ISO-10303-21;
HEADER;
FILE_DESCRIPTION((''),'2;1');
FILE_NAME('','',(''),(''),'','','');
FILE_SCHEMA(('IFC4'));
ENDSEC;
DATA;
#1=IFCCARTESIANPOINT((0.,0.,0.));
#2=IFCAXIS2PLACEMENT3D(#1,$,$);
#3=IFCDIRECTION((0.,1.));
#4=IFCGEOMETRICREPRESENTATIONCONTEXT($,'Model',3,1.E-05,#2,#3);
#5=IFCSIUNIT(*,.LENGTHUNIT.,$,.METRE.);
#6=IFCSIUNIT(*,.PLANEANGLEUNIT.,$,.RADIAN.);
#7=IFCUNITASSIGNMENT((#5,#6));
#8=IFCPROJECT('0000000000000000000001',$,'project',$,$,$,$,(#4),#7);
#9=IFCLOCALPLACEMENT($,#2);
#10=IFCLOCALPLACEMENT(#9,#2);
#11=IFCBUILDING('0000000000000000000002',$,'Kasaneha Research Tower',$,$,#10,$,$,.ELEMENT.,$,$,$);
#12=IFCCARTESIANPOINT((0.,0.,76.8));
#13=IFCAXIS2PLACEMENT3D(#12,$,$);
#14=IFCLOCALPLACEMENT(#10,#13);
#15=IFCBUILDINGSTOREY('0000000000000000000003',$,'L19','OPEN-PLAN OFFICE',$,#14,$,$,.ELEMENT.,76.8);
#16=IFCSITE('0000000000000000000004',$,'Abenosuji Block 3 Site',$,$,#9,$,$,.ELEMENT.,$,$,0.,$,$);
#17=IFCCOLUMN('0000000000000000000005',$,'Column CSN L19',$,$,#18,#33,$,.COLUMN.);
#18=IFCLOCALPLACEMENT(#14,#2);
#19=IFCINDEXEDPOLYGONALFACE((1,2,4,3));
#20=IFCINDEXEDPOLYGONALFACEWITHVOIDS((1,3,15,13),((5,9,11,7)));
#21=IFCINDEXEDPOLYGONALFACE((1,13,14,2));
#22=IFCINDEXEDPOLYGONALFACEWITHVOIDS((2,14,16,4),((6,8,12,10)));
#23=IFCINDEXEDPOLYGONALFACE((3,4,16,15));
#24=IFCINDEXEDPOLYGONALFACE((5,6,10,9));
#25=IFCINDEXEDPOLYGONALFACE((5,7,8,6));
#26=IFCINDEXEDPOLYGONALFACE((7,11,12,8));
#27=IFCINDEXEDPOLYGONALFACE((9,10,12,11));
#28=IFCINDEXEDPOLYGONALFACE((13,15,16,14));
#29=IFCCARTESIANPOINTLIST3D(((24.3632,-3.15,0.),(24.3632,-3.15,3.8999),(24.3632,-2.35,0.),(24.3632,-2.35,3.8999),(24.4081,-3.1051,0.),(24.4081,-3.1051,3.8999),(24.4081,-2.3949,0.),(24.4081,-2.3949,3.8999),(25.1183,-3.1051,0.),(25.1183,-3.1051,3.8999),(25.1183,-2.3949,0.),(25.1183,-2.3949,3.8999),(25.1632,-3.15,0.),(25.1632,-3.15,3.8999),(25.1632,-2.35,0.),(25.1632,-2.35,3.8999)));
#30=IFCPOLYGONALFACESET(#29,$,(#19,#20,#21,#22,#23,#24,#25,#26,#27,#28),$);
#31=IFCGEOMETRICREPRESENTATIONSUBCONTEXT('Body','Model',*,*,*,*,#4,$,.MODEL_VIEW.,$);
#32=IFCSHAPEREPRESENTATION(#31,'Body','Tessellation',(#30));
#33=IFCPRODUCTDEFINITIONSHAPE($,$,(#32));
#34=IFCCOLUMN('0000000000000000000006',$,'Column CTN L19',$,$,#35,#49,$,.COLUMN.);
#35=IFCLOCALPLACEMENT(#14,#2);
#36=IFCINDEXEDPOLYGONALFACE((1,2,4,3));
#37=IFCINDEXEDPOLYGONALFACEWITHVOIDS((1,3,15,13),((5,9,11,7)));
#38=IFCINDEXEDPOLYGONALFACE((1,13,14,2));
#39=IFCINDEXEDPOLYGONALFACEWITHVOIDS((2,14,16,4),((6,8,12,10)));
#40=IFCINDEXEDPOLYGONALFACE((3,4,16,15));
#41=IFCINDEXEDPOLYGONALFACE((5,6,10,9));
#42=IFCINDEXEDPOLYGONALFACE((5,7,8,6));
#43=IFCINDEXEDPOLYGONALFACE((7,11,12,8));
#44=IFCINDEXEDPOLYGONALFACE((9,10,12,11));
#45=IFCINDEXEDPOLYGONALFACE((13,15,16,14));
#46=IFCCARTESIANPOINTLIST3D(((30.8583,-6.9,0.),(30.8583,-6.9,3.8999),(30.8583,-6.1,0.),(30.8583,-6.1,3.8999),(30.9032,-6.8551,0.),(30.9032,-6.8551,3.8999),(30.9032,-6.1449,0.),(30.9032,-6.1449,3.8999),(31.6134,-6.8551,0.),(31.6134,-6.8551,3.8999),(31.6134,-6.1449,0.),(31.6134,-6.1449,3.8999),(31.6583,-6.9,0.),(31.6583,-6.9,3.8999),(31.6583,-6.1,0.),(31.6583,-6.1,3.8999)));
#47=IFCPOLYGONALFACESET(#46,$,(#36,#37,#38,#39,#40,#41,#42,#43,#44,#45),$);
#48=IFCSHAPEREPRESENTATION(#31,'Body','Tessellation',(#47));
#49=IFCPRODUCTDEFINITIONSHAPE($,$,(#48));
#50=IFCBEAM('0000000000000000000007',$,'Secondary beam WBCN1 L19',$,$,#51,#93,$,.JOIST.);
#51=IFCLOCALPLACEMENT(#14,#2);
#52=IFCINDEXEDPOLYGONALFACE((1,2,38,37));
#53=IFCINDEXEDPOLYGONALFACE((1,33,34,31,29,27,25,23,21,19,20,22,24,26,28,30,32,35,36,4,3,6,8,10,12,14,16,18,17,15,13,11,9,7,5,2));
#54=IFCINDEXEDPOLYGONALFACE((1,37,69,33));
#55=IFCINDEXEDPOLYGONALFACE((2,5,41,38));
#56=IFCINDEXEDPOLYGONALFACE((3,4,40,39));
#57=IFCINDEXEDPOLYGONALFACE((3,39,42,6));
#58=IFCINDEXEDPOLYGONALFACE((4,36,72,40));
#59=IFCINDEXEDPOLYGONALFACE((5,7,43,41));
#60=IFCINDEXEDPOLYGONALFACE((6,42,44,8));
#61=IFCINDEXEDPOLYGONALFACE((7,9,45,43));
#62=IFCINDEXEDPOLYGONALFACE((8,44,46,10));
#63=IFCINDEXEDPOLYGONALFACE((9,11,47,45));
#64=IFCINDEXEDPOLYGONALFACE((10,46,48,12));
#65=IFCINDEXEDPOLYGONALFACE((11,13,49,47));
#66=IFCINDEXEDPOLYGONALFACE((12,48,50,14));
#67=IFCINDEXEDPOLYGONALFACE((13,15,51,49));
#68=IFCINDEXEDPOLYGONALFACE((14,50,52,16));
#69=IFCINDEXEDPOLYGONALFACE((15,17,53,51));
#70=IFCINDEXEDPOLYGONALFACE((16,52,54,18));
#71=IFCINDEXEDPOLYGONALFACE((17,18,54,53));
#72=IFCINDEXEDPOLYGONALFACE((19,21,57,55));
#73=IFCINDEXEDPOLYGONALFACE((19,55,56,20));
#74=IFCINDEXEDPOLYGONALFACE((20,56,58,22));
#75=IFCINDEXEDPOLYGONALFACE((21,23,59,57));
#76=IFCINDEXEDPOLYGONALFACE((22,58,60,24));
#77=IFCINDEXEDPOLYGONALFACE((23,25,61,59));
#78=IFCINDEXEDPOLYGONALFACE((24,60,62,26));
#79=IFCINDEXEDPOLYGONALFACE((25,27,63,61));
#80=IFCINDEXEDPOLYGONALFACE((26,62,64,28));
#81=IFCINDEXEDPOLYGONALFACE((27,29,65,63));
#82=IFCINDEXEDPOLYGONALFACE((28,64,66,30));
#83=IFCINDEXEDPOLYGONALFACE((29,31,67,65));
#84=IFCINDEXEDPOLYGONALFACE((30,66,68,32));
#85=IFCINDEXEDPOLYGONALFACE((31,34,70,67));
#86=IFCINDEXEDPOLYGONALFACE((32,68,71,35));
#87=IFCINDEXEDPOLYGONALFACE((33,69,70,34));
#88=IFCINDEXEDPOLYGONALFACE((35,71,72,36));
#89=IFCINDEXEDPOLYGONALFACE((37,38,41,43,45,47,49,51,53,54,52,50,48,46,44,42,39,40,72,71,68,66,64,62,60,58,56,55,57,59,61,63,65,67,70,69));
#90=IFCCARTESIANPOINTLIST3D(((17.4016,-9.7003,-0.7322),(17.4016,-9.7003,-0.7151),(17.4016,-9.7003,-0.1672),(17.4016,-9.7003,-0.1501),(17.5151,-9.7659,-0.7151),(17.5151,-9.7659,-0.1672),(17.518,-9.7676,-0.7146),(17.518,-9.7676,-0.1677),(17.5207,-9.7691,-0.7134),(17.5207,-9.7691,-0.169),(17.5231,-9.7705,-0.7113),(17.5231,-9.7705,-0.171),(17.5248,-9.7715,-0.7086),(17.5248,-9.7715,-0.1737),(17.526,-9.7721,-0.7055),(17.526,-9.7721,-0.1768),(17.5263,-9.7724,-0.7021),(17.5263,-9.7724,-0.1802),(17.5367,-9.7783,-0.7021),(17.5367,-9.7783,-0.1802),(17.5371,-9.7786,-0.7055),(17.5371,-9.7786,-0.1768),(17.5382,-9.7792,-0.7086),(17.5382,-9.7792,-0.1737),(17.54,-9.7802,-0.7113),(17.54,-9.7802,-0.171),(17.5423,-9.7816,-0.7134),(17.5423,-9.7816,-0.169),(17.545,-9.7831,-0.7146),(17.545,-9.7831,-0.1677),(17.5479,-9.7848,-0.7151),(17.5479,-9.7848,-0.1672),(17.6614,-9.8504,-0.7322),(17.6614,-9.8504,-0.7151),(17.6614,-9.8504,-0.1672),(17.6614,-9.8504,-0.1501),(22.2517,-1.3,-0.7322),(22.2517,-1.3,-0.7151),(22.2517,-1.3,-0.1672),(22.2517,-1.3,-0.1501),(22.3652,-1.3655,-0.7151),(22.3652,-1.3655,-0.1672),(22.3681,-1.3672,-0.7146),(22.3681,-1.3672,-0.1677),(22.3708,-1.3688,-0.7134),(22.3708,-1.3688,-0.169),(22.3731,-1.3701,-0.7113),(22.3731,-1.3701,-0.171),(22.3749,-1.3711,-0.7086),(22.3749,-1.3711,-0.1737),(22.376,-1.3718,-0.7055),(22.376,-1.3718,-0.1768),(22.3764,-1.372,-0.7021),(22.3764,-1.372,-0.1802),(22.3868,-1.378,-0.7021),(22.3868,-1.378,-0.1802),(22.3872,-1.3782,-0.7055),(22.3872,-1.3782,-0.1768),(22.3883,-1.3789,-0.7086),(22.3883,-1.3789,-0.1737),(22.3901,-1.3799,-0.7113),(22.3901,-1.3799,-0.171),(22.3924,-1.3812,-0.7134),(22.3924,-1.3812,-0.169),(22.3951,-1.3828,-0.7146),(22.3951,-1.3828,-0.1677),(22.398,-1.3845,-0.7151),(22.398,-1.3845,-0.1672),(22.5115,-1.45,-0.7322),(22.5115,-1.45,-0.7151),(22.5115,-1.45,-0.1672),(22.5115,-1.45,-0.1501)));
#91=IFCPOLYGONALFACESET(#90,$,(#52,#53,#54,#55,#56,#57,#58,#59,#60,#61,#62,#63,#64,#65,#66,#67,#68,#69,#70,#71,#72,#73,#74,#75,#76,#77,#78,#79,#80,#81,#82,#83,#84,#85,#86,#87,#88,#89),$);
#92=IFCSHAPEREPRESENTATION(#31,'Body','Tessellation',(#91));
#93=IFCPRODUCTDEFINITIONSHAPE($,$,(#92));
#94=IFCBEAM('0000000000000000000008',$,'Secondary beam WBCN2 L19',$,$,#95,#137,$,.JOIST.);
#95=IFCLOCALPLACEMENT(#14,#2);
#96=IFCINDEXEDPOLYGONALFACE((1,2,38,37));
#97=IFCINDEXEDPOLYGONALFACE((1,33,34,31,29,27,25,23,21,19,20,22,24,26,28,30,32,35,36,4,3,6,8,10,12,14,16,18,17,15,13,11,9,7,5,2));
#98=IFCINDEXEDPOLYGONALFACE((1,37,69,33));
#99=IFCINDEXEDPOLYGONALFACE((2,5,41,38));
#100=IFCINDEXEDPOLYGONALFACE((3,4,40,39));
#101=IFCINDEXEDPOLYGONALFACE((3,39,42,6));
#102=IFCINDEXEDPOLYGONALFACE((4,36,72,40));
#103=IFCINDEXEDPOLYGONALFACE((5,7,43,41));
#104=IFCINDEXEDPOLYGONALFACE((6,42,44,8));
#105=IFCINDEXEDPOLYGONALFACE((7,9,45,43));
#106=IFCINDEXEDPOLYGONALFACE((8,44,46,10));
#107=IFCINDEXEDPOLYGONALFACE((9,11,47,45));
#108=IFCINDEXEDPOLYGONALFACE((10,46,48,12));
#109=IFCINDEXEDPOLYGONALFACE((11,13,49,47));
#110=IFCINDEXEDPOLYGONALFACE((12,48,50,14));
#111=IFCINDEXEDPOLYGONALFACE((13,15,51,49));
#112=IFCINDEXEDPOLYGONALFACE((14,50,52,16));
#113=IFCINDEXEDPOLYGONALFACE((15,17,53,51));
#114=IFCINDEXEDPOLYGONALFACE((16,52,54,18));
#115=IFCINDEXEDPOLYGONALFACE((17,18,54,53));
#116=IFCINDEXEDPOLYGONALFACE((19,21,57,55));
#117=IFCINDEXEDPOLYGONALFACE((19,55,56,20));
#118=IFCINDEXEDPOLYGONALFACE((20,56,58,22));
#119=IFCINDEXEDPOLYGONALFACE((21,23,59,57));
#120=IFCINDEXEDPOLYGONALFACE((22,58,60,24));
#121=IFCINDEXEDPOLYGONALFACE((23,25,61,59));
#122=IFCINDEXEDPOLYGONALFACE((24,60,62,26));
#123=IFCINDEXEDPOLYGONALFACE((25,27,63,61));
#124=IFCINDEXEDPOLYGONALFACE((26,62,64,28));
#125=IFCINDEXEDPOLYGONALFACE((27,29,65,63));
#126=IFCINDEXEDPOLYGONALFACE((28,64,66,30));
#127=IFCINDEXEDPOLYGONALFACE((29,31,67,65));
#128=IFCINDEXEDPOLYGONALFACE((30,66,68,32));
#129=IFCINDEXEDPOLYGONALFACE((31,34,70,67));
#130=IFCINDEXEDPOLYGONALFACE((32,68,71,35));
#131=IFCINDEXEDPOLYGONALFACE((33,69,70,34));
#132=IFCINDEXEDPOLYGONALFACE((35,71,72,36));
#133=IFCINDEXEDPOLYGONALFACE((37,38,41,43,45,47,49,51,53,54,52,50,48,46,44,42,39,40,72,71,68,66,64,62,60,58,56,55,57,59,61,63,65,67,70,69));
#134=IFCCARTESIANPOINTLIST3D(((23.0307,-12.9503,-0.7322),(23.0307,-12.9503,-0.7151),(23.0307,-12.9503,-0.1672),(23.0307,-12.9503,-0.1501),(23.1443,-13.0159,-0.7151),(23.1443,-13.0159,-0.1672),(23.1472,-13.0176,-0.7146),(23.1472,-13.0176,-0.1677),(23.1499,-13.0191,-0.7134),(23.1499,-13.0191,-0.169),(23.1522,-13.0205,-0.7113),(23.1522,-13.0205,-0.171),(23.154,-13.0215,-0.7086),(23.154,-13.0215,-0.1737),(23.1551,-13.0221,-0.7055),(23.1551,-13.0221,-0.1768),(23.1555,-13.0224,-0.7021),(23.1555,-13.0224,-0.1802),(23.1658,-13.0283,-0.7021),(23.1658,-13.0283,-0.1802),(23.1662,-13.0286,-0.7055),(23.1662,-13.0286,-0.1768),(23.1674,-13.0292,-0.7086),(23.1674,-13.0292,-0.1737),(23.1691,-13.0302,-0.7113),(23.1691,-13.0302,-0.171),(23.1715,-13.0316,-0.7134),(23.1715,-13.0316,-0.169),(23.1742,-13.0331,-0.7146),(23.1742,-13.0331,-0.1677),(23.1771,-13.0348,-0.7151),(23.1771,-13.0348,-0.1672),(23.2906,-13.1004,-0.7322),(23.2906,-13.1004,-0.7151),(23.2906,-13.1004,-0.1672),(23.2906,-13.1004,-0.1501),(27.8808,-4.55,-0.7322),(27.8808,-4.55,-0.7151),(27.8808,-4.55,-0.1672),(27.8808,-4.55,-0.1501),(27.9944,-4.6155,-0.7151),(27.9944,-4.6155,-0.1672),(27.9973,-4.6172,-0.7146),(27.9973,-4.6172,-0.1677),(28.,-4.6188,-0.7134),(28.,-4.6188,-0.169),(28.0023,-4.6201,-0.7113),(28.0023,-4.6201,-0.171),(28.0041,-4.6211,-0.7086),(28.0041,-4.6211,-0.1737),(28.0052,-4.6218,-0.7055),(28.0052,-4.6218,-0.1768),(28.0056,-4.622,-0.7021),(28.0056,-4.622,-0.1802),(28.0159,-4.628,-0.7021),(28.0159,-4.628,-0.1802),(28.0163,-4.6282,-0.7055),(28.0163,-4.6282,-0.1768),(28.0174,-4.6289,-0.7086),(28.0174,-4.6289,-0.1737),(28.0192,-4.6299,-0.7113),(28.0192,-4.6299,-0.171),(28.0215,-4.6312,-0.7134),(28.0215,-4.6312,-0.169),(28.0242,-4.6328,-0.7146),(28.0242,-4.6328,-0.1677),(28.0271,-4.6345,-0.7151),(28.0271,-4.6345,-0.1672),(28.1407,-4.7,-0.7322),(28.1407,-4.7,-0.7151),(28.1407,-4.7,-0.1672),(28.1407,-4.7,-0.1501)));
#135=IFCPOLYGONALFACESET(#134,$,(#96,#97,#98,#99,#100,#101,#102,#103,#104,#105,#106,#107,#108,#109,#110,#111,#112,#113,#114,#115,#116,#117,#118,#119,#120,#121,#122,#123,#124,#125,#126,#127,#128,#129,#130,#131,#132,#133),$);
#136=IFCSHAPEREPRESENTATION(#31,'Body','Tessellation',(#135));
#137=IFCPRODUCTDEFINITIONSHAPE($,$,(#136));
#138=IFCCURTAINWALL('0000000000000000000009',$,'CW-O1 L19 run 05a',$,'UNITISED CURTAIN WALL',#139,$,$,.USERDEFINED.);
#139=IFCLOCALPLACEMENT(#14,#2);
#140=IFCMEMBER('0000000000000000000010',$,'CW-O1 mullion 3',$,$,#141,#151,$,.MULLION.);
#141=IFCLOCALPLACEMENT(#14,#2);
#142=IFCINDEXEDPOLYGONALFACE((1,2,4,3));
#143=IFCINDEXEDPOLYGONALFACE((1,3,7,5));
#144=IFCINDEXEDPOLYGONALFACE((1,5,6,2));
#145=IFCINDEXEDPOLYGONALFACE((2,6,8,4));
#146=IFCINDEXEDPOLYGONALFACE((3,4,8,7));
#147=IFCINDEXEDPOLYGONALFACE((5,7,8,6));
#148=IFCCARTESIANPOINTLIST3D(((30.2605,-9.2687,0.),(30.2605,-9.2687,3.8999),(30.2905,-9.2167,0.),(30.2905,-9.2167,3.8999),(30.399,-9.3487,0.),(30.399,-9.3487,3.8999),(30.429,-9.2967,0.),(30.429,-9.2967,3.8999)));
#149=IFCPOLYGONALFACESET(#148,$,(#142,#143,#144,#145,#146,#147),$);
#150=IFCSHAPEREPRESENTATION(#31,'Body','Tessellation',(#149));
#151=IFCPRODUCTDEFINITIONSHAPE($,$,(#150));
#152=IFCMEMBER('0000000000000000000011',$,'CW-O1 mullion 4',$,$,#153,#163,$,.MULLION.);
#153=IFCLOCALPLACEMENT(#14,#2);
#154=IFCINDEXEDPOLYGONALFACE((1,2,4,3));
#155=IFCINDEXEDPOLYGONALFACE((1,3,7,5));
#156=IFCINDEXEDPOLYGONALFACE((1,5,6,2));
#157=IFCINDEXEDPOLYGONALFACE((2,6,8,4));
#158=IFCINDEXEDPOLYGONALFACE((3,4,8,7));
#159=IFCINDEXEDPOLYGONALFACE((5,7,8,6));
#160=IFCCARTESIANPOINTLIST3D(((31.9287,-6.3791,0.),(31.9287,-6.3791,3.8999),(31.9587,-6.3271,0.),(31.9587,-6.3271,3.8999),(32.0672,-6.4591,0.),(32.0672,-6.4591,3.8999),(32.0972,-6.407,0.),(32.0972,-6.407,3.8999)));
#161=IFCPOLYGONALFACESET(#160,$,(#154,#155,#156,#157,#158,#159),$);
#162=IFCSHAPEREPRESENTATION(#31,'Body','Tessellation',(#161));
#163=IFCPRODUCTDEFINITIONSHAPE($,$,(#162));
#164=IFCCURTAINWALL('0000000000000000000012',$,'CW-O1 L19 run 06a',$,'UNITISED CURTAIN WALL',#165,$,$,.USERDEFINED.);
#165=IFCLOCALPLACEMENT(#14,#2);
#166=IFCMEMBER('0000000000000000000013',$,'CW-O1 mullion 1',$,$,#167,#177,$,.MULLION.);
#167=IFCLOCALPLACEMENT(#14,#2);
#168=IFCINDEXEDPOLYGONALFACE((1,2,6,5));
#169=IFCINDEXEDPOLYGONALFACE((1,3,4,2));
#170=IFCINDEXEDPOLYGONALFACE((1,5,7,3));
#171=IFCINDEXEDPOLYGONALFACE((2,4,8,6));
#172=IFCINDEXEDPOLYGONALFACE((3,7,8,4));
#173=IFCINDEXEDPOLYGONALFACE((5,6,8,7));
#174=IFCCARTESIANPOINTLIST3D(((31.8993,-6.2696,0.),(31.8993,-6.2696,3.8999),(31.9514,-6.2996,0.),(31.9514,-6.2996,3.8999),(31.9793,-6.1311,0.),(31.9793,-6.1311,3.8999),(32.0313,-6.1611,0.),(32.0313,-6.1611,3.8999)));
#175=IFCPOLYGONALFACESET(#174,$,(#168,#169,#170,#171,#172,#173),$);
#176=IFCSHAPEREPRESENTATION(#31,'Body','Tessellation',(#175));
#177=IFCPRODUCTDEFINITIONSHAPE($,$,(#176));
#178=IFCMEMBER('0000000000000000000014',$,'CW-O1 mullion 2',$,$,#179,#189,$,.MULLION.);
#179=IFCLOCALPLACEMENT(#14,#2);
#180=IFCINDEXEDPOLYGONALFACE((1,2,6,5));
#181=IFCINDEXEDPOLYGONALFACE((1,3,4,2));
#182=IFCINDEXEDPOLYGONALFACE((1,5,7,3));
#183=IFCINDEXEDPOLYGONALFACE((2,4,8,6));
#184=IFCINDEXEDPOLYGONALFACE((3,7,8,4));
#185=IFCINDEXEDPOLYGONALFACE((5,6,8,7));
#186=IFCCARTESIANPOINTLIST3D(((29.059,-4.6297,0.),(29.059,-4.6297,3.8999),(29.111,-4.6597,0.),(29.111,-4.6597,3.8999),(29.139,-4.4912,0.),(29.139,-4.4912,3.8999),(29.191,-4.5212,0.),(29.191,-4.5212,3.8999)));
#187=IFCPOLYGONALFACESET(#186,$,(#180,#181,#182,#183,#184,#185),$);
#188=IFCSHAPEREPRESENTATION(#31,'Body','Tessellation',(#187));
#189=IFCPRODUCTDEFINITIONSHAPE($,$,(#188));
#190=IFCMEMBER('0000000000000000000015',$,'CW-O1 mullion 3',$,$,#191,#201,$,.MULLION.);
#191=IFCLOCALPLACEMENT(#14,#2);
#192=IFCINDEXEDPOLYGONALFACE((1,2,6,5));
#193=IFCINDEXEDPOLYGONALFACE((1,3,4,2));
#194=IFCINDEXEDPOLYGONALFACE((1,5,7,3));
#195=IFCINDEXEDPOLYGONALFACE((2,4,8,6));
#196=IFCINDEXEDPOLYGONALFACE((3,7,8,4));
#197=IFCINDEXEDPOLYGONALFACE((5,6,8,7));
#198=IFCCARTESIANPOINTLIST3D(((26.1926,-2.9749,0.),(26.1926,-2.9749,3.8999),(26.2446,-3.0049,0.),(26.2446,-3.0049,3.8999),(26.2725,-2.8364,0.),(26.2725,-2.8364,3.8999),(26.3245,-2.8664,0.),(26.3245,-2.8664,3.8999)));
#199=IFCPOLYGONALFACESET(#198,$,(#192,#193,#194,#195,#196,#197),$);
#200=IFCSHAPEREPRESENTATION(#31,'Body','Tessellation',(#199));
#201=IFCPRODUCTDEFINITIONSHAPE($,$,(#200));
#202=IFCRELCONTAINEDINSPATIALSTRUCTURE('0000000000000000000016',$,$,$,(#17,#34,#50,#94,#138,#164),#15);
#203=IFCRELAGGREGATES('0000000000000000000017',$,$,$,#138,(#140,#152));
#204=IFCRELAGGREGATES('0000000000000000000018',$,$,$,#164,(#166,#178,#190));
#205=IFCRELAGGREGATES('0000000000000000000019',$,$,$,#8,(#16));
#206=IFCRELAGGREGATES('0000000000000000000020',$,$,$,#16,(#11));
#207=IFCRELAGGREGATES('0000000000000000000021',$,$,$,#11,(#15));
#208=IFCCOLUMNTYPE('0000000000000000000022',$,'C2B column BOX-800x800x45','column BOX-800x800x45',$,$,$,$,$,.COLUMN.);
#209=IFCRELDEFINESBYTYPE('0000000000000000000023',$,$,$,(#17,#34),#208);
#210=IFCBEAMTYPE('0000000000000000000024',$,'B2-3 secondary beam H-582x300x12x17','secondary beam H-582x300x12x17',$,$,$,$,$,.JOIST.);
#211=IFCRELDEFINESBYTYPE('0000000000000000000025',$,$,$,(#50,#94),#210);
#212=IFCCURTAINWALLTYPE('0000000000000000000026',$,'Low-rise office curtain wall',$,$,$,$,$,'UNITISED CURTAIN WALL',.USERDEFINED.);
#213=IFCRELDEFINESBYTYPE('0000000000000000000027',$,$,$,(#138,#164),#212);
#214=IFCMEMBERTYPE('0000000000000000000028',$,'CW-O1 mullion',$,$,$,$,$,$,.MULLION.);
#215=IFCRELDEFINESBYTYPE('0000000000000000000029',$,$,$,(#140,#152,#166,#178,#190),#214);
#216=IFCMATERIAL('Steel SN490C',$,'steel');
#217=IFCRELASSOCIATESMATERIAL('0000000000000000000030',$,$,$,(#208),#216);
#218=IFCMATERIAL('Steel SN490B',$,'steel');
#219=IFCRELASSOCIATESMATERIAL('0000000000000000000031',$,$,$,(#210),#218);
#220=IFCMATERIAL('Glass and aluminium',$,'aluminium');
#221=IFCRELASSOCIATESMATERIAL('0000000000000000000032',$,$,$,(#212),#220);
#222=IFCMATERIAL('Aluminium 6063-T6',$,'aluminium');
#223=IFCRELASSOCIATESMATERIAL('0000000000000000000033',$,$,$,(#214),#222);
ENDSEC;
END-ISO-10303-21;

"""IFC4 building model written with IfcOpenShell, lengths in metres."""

from ifc_helpers import new_model, si_unit, direction, frame, origin, origin_2d, place, context, subcontext, project, spatial, rectangle, hollow_rectangle, i_section, extrude, material, material_profile, profile_set, type_object, element, aggregate, save


model = new_model("IFC4")

# Units and contexts
model_context = context("Model", 3, precision=1e-05, world=origin(), true_north=direction((0.0, 1.0)))
body_context = subcontext(model_context, "Body", "Model", "MODEL_VIEW")
ifc_project = project(units=[si_unit("LENGTHUNIT", "METRE"), si_unit("PLANEANGLEUNIT", "RADIAN")], contexts=[model_context])

# Site, building, storey
site_placement = place(None, origin())
site = spatial("IfcSite", under=ifc_project, at=site_placement, Name="Abenosuji Block 3 Site", CompositionType="ELEMENT", RefElevation=0.0)
building_placement = place(site_placement, origin())
building = spatial("IfcBuilding", under=site, at=building_placement, Name="Kasaneha Research Tower", CompositionType="ELEMENT")
storey_placement = place(building_placement, frame((0.0, 0.0, 76.8)))
storey = spatial("IfcBuildingStorey", under=building, at=storey_placement, Name="L19", Description="OPEN-PLAN OFFICE", CompositionType="ELEMENT", Elevation=76.8)

# Columns
ifc_material_1 = material(Name="Steel SN490C", Category="steel")
ifc_material_profile_1 = material_profile(ifc_material_1, hollow_rectangle(XDim=0.8, YDim=0.8, WallThickness=0.0449, at=origin_2d()), Name="BOX-800x800x45")
ifc_profile_set_1 = profile_set([ifc_material_profile_1], Name="Steel SN490C")
column_type = type_object("IfcColumnType", Name="C2B column BOX-800x800x45", Description="column BOX-800x800x45", PredefinedType="COLUMN", material=ifc_profile_set_1)
for number, where, z_axis, x_axis, name in (
    (1, (24.7632, -2.75, 0.0), (0.0, 0.0, 1.0), (1.0, 0.0, 0.0), "Column CSN L19"),
    (2, (31.2583, -6.5, 0.0), (0.0, 0.0, 1.0), (1.0, 0.0, 0.0), "Column CTN L19"),
):
    element("IfcColumn", number, at=place(storey_placement, frame(where, z_axis=z_axis, x_axis=x_axis)), inside=storey, type_object=column_type, Name=name, PredefinedType="COLUMN", context=body_context, shape_type="SweptSolid", body=[
        extrude(hollow_rectangle(XDim=0.8, YDim=0.8, WallThickness=0.0449, at=origin_2d()), origin(), (0.0, 0.0, 1.0), 3.8999),
    ])

# Beams
ifc_material_2 = material(Name="Steel SN490B", Category="steel")
ifc_material_profile_2 = material_profile(ifc_material_2, i_section(OverallWidth=0.3, OverallDepth=0.582, WebThickness=0.012, FlangeThickness=0.0171, FilletRadius=0.0129, at=origin_2d()), Name="H-582x300x12x17")
ifc_profile_set_2 = profile_set([ifc_material_profile_2], Name="Steel SN490B")
beam_type_1 = type_object("IfcBeamType", Name="B2-3 secondary beam H-582x300x12x17", Description="secondary beam H-582x300x12x17", PredefinedType="JOIST", material=ifc_profile_set_2)
for number, where, z_axis, x_axis, name in (
    (3, (22.3816, -1.375, -0.4412), (-0.50001, -0.86602, 0.0), (0.86602, -0.50001, 0.0), "Secondary beam WBCN1 L19"),
    (4, (28.0107, -4.625, -0.4412), (-0.50001, -0.86602, 0.0), (0.86602, -0.50001, 0.0), "Secondary beam WBCN2 L19"),
):
    element("IfcBeam", number, at=place(storey_placement, frame(where, z_axis=z_axis, x_axis=x_axis)), inside=storey, type_object=beam_type_1, Name=name, PredefinedType="JOIST", context=body_context, shape_type="SweptSolid", body=[
        extrude(i_section(OverallWidth=0.3, OverallDepth=0.582, WebThickness=0.012, FlangeThickness=0.0171, FilletRadius=0.0129, at=origin_2d()), origin(), (0.0, 0.0, 1.0), 9.7),
    ])

# Curtain walls, members
ifc_material_3 = material(Name="Glass and aluminium", Category="aluminium")
curtain_wall_type = type_object("IfcCurtainWallType", Name="Low-rise office curtain wall", ElementType="UNITISED CURTAIN WALL", PredefinedType="USERDEFINED", material=ifc_material_3)
curtain_wall_1_placement = place(storey_placement, origin())
curtain_wall_1 = element("IfcCurtainWall", 5, at=curtain_wall_1_placement, inside=storey, type_object=curtain_wall_type, Name="CW-O1 L19 run 05a", ObjectType="UNITISED CURTAIN WALL", PredefinedType="USERDEFINED")
ifc_material_4 = material(Name="Aluminium 6063-T6", Category="aluminium")
ifc_material_profile_3 = material_profile(ifc_material_4, rectangle(XDim=0.0601, YDim=0.1599, at=origin_2d()), Name="CW-O1 mullion 60x160")
ifc_profile_set_3 = profile_set([ifc_material_profile_3], Name="Aluminium 6063-T6")
member_type_1 = type_object("IfcMemberType", Name="CW-O1 mullion", PredefinedType="MULLION", material=ifc_profile_set_3)
member_1_placement = place(storey_placement, frame((30.3447, -9.2827, 0.0), z_axis=(0.0, 0.0, 1.0), x_axis=(0.5, 0.866025, 0.0)))
member_1 = element("IfcMember", 6, at=member_1_placement, type_object=member_type_1, Name="CW-O1 mullion 3", PredefinedType="MULLION", context=body_context, shape_type="SweptSolid", body=[
    extrude(rectangle(XDim=0.0601, YDim=0.1599, at=origin_2d()), origin(), (0.0, 0.0, 1.0), 3.8999),
])
member_2_placement = place(storey_placement, frame((32.0129, -6.3931, 0.0), z_axis=(0.0, 0.0, 1.0), x_axis=(0.5, 0.866025, 0.0)))
member_2 = element("IfcMember", 7, at=member_2_placement, type_object=member_type_1, Name="CW-O1 mullion 4", PredefinedType="MULLION", context=body_context, shape_type="SweptSolid", body=[
    extrude(rectangle(XDim=0.0601, YDim=0.1599, at=origin_2d()), origin(), (0.0, 0.0, 1.0), 3.8999),
])
curtain_wall_2_placement = place(storey_placement, origin())
curtain_wall_2 = element("IfcCurtainWall", 8, at=curtain_wall_2_placement, inside=storey, type_object=curtain_wall_type, Name="CW-O1 L19 run 06a", ObjectType="UNITISED CURTAIN WALL", PredefinedType="USERDEFINED")
member_3_placement = place(storey_placement, frame((31.9653, -6.2153, 0.0), z_axis=(0.0, 0.0, 1.0), x_axis=(-0.866025, 0.5, 0.0)))
member_3 = element("IfcMember", 9, at=member_3_placement, type_object=member_type_1, Name="CW-O1 mullion 1", PredefinedType="MULLION", context=body_context, shape_type="SweptSolid", body=[
    extrude(rectangle(XDim=0.0601, YDim=0.1599, at=origin_2d()), origin(), (0.0, 0.0, 1.0), 3.8999),
])
member_4_placement = place(storey_placement, frame((29.125, -4.5754, 0.0), z_axis=(0.0, 0.0, 1.0), x_axis=(-0.866025, 0.5, 0.0)))
member_4 = element("IfcMember", 10, at=member_4_placement, type_object=member_type_1, Name="CW-O1 mullion 2", PredefinedType="MULLION", context=body_context, shape_type="SweptSolid", body=[
    extrude(rectangle(XDim=0.0601, YDim=0.1599, at=origin_2d()), origin(), (0.0, 0.0, 1.0), 3.8999),
])
member_5_placement = place(storey_placement, frame((26.2585, -2.9207, 0.0), z_axis=(0.0, 0.0, 1.0), x_axis=(-0.866025, 0.5, 0.0)))
member_5 = element("IfcMember", 11, at=member_5_placement, type_object=member_type_1, Name="CW-O1 mullion 3", PredefinedType="MULLION", context=body_context, shape_type="SweptSolid", body=[
    extrude(rectangle(XDim=0.0601, YDim=0.1599, at=origin_2d()), origin(), (0.0, 0.0, 1.0), 3.8999),
])

aggregate(curtain_wall_1, [member_1, member_2])
aggregate(curtain_wall_2, [member_3, member_4, member_5])

save(model, "model.ifc")
